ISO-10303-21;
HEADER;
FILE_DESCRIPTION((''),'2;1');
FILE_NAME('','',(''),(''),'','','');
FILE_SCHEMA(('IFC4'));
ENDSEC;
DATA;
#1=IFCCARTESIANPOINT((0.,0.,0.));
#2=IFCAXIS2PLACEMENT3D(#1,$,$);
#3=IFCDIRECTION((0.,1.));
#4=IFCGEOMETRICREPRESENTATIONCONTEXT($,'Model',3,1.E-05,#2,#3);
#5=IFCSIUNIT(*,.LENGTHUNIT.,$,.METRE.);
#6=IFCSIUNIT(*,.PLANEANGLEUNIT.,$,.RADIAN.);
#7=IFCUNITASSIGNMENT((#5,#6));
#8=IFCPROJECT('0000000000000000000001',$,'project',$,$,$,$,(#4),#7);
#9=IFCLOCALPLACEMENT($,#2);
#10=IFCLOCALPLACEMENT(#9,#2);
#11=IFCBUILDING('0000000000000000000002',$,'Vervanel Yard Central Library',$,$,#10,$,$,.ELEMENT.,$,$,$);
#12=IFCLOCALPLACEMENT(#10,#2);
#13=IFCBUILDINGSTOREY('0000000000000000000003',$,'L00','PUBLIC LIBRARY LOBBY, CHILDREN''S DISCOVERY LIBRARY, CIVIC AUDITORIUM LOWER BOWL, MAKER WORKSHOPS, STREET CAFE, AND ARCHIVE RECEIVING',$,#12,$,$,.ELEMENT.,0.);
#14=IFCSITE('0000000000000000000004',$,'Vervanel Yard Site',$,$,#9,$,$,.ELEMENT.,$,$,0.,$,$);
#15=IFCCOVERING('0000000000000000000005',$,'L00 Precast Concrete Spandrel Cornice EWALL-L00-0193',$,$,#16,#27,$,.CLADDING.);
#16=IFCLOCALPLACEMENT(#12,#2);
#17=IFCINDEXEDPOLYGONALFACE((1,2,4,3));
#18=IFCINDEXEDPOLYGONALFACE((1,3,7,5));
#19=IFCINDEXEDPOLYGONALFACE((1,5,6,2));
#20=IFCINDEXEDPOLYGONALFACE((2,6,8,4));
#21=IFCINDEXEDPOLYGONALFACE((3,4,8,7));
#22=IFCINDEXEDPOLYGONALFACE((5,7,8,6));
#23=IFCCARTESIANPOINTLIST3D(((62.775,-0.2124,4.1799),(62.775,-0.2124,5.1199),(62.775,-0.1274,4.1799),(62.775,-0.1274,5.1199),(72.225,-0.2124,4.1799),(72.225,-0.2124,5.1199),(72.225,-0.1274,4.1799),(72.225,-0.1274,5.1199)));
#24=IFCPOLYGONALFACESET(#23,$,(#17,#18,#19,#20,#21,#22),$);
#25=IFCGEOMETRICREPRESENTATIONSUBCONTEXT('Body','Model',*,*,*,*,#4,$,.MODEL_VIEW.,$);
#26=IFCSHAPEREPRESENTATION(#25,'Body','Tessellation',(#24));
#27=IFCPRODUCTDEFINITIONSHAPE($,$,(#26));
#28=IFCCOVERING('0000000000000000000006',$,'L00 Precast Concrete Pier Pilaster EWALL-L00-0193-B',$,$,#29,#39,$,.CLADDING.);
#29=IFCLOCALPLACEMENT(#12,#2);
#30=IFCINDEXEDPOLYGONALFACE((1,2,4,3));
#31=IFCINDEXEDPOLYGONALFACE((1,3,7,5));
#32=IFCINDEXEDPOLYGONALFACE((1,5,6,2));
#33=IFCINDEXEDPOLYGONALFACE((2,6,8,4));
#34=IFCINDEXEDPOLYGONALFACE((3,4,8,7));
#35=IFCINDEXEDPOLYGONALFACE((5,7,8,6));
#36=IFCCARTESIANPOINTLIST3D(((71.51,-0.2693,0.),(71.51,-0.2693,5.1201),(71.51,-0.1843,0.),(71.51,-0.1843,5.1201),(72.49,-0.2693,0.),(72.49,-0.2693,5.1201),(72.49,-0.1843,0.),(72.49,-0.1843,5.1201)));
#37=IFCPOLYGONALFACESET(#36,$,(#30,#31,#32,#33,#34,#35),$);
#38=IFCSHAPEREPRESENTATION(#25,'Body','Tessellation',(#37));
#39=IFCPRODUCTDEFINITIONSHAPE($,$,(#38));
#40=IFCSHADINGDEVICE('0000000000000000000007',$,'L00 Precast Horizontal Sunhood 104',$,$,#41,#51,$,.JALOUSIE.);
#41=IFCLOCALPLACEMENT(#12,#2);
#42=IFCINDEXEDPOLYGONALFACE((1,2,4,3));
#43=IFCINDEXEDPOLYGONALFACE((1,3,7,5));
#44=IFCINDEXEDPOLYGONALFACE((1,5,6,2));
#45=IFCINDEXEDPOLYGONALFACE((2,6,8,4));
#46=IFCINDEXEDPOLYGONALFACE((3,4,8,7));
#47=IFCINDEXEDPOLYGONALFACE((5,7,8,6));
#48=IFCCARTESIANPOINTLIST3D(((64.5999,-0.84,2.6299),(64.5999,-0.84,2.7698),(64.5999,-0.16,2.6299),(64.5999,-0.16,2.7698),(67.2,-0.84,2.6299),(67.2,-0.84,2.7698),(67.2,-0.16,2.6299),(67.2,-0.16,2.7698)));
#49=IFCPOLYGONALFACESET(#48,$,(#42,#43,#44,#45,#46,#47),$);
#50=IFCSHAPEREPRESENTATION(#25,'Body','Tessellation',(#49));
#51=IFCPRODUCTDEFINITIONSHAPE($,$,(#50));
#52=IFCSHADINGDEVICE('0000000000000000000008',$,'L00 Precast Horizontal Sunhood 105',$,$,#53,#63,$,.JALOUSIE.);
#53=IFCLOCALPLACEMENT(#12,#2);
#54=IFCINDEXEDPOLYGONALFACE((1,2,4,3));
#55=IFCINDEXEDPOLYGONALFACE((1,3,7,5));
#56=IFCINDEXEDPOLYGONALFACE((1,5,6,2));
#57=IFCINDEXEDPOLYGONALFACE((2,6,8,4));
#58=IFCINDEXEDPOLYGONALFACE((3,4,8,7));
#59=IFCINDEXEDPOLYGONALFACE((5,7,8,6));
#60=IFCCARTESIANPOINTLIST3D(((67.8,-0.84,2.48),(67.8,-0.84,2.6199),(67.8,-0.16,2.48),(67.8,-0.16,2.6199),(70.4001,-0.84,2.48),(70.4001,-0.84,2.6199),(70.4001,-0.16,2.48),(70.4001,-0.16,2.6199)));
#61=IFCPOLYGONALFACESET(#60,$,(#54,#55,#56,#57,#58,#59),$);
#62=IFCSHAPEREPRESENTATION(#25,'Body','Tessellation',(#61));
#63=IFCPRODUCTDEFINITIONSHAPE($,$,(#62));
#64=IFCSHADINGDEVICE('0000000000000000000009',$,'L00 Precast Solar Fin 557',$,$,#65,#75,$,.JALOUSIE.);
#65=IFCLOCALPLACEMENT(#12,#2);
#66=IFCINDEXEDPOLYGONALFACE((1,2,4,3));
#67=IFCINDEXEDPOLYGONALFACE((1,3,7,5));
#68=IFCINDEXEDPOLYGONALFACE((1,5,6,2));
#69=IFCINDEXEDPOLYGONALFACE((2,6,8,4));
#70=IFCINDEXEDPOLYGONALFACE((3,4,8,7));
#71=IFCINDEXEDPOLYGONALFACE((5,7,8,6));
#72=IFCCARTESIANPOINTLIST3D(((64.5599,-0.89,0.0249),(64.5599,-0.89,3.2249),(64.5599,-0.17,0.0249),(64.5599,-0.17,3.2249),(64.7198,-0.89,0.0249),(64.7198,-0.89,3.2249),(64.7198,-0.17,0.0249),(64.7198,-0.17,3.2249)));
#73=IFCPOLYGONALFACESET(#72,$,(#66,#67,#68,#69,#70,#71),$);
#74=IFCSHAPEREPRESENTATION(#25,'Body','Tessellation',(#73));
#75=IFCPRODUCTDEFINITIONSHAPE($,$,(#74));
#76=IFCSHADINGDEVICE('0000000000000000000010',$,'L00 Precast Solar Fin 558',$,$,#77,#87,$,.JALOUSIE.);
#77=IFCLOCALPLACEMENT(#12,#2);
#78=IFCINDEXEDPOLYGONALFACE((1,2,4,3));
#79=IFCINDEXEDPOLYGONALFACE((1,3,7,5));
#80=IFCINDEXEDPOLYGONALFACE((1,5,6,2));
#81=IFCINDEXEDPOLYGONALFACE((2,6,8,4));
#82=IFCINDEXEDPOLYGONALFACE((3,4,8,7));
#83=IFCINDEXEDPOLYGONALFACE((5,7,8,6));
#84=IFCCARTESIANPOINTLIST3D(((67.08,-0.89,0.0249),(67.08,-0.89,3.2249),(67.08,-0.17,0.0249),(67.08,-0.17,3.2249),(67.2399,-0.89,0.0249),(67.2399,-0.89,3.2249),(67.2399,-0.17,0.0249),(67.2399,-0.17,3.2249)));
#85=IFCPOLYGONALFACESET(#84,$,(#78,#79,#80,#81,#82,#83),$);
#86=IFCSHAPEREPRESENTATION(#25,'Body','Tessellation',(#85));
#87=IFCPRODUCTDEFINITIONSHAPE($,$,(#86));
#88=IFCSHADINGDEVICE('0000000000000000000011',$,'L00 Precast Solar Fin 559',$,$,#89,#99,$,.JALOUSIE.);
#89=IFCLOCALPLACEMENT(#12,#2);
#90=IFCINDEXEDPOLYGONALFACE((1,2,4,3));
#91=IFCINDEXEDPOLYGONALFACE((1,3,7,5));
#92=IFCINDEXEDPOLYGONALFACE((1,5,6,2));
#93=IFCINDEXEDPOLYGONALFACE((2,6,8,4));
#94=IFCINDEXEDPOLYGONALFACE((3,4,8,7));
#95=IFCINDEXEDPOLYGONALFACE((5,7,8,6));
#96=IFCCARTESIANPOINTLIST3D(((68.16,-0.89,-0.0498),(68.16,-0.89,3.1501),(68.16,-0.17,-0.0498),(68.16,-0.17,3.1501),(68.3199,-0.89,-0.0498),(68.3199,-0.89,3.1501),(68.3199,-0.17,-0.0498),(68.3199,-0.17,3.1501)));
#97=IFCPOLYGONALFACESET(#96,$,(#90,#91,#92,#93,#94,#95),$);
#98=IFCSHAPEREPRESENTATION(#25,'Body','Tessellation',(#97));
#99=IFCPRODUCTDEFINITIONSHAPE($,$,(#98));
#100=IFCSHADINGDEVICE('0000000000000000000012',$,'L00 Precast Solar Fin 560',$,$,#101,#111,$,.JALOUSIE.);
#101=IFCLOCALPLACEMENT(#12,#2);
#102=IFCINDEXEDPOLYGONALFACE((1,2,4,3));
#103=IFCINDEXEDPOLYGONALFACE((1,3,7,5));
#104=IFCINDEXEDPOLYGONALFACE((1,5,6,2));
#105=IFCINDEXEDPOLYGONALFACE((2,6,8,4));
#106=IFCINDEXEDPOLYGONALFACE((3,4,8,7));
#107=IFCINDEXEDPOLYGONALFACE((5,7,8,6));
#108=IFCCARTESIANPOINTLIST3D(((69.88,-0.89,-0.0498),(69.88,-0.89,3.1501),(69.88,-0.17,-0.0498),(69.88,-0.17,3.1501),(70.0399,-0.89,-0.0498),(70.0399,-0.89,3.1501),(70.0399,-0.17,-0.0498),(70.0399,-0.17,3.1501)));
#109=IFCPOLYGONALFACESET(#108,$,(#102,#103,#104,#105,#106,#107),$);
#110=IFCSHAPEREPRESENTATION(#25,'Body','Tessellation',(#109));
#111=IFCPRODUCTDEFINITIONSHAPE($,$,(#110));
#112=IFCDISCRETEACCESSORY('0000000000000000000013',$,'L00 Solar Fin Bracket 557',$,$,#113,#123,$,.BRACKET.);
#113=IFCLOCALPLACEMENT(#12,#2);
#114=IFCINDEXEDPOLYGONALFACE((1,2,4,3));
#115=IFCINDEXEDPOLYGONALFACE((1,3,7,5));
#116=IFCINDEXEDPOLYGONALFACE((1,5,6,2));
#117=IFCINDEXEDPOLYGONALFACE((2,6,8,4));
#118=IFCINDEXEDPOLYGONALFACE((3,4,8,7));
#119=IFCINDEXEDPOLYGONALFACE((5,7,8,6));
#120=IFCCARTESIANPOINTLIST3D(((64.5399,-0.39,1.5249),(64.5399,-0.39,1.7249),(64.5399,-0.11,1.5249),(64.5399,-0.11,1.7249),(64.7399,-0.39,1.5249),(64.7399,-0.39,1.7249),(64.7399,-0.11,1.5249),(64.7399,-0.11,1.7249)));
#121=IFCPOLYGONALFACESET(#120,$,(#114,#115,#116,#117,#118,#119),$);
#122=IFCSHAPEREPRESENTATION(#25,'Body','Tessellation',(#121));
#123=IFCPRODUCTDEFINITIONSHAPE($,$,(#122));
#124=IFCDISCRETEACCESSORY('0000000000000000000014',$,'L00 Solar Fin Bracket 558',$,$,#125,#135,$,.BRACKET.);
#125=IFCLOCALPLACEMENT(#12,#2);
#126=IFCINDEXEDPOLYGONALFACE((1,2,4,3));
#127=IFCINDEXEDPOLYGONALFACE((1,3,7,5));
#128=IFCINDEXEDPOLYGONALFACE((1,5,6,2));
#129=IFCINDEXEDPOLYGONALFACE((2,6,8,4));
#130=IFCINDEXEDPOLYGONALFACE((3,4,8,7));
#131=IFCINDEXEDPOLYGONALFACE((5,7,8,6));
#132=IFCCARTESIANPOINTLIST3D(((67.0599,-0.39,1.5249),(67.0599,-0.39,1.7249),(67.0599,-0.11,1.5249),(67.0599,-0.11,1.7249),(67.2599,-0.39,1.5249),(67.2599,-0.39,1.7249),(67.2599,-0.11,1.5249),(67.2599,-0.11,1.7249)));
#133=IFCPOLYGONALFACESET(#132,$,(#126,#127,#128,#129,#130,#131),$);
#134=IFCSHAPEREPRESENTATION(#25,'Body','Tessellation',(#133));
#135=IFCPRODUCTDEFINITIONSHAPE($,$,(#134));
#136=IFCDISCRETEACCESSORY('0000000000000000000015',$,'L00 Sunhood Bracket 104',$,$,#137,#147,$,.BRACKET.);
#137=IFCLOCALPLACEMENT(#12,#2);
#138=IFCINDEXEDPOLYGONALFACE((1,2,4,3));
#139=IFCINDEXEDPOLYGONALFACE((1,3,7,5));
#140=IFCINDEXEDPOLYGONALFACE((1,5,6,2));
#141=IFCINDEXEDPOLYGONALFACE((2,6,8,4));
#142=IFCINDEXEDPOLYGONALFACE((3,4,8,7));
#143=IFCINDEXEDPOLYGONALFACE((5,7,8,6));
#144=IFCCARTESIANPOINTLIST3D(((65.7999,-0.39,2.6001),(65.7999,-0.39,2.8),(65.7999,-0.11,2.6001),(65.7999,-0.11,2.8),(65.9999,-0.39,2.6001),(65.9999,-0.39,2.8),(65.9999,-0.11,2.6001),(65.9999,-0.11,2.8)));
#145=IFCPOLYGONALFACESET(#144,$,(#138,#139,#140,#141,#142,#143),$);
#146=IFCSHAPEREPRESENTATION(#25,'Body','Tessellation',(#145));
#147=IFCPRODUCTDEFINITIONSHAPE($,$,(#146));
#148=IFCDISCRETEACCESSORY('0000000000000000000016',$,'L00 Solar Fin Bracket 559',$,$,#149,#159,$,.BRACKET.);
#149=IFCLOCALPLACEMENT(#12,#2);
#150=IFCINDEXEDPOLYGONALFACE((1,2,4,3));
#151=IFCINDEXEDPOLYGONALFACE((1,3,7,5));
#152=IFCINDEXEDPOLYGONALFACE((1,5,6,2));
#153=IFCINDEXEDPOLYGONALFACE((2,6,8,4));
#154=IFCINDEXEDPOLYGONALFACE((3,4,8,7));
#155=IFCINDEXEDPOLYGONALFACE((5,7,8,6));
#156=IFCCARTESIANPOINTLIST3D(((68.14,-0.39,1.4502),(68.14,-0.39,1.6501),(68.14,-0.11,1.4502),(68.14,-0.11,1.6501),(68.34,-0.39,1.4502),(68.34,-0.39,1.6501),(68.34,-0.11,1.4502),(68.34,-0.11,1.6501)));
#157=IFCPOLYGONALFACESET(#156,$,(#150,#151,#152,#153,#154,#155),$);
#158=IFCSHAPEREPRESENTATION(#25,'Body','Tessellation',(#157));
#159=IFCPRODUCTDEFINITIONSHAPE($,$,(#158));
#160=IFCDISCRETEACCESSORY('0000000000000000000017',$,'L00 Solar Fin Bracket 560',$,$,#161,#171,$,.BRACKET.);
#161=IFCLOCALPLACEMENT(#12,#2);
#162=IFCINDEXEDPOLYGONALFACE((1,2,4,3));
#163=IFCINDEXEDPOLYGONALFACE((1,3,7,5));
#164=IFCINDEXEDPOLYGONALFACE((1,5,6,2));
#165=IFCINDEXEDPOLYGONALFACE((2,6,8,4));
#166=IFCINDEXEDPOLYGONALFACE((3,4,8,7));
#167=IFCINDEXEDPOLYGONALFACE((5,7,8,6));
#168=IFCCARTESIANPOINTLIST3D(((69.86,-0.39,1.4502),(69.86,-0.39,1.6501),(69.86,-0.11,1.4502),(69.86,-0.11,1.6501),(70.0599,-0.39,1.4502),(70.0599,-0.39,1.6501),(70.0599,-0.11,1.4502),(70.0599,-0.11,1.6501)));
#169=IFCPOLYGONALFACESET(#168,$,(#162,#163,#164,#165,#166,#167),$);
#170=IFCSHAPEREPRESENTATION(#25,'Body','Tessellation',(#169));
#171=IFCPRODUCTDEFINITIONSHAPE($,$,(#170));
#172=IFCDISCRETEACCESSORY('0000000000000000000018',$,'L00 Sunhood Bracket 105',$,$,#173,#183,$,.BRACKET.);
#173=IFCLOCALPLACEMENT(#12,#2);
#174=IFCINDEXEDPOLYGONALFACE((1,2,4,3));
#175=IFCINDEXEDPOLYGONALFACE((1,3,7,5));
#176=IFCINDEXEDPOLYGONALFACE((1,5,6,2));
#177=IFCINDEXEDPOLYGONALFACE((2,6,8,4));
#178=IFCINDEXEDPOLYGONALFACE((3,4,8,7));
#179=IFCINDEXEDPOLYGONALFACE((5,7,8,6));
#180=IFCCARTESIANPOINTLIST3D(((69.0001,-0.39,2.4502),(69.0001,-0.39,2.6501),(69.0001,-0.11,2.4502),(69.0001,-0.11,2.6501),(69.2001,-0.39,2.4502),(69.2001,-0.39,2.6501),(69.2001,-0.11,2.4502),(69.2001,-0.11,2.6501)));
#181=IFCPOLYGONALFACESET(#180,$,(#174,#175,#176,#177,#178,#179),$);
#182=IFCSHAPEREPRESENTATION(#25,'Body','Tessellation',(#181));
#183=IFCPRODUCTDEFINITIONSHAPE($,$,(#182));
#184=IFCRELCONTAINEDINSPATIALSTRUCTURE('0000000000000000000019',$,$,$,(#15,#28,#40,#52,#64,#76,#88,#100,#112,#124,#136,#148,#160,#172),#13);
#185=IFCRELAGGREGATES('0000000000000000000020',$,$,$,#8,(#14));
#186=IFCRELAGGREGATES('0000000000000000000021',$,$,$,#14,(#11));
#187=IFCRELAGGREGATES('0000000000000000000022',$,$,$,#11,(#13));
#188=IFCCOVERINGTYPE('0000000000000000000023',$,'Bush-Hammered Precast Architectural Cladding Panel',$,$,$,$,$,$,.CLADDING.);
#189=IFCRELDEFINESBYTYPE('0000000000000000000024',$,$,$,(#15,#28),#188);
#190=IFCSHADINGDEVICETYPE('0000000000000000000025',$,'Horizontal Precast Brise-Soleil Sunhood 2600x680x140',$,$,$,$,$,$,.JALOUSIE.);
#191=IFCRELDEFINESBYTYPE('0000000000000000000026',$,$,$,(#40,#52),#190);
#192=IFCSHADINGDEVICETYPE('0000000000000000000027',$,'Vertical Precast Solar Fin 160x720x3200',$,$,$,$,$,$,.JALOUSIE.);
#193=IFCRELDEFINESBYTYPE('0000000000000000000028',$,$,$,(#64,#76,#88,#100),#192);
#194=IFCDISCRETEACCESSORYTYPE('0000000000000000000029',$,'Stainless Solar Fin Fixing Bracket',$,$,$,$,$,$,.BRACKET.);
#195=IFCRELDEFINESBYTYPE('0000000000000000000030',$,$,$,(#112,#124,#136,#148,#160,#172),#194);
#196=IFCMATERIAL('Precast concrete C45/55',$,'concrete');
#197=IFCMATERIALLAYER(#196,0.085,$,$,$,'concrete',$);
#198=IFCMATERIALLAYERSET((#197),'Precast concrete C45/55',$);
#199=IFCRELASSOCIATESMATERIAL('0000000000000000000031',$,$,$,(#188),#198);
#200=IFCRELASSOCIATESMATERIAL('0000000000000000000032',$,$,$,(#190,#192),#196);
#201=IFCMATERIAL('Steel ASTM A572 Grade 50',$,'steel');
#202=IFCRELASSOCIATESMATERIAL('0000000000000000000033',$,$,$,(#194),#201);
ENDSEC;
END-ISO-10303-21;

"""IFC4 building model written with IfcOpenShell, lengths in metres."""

from ifc_helpers import new_model, si_unit, direction, frame, origin, origin_2d, place, context, subcontext, project, spatial, rectangle, extrude, material, layer, layer_set, type_object, element, save


model = new_model("IFC4")

# Units and contexts
model_context = context("Model", 3, precision=1e-05, world=origin(), true_north=direction((0.0, 1.0)))
body_context = subcontext(model_context, "Body", "Model", "MODEL_VIEW")
ifc_project = project(units=[si_unit("LENGTHUNIT", "METRE"), si_unit("PLANEANGLEUNIT", "RADIAN")], contexts=[model_context])

# Site, building, storey
site_placement = place(None, origin())
site = spatial("IfcSite", under=ifc_project, at=site_placement, Name="Vervanel Yard Site", CompositionType="ELEMENT", RefElevation=0.0)
building_placement = place(site_placement, origin())
building = spatial("IfcBuilding", under=site, at=building_placement, Name="Vervanel Yard Central Library", CompositionType="ELEMENT")
storey_placement = place(building_placement, origin())
storey = spatial("IfcBuildingStorey", under=building, at=storey_placement, Name="L00", Description="PUBLIC LIBRARY LOBBY, CHILDREN'S DISCOVERY LIBRARY, CIVIC AUDITORIUM LOWER BOWL, MAKER WORKSHOPS, STREET CAFE, AND ARCHIVE RECEIVING", CompositionType="ELEMENT", Elevation=0.0)

# Shared definitions
ifc_material_1 = material(Name="Steel ASTM A572 Grade 50", Category="steel")

# Coverings
ifc_material_2 = material(Name="Precast concrete C45/55", Category="concrete")
ifc_layer_1 = layer(ifc_material_2, 0.085, Category="concrete")
ifc_layer_set_1 = layer_set([ifc_layer_1], Name="Precast concrete C45/55")
covering_type = type_object("IfcCoveringType", Name="Bush-Hammered Precast Architectural Cladding Panel", PredefinedType="CLADDING", material=ifc_layer_set_1)
covering_1_placement = place(storey_placement, frame((67.5, -0.1699, 4.1799), z_axis=(0.0, 0.0, 1.0), x_axis=(1.0, 0.0, 0.0)))
element("IfcCovering", 1, at=covering_1_placement, inside=storey, type_object=covering_type, Name="L00 Precast Concrete Spandrel Cornice EWALL-L00-0193", PredefinedType="CLADDING", context=body_context, shape_type="SweptSolid", body=[
    extrude(rectangle(XDim=9.45, YDim=0.085, at=origin_2d()), origin(), (0.0, 0.0, 1.0), 0.9399),
])
covering_2_placement = place(storey_placement, frame((72.0, -0.2268, 0.0), z_axis=(0.0, 0.0, 1.0), x_axis=(1.0, 0.0, 0.0)))
element("IfcCovering", 2, at=covering_2_placement, inside=storey, type_object=covering_type, Name="L00 Precast Concrete Pier Pilaster EWALL-L00-0193-B", PredefinedType="CLADDING", context=body_context, shape_type="SweptSolid", body=[
    extrude(rectangle(XDim=0.98, YDim=0.085, at=origin_2d()), origin(), (0.0, 0.0, 1.0), 5.1201),
])

# Shading devices
shading_device_type_1 = type_object("IfcShadingDeviceType", Name="Horizontal Precast Brise-Soleil Sunhood 2600x680x140", PredefinedType="JALOUSIE", material=ifc_material_2)
for number, where, z_axis, x_axis, name in (
    (3, (65.8999, -0.5, 2.6299), (0.0, 0.0, 1.0), (1.0, 0.0, 0.0), "L00 Precast Horizontal Sunhood 104"),
    (4, (69.1001, -0.5, 2.48), (0.0, 0.0, 1.0), (1.0, 0.0, 0.0), "L00 Precast Horizontal Sunhood 105"),
):
    element("IfcShadingDevice", number, at=place(storey_placement, frame(where, z_axis=z_axis, x_axis=x_axis)), inside=storey, type_object=shading_device_type_1, Name=name, PredefinedType="JALOUSIE", context=body_context, shape_type="SweptSolid", body=[
        extrude(rectangle(XDim=2.6001, YDim=0.6799, at=origin_2d()), origin(), (0.0, 0.0, 1.0), 0.1399),
    ])
shading_device_type_2 = type_object("IfcShadingDeviceType", Name="Vertical Precast Solar Fin 160x720x3200", PredefinedType="JALOUSIE", material=ifc_material_2)
for number, where, z_axis, x_axis, name in (
    (5, (64.6399, -0.53, 0.0249), (0.0, 0.0, 1.0), (1.0, 0.0, 0.0), "L00 Precast Solar Fin 557"),
    (6, (67.1599, -0.53, 0.0249), (0.0, 0.0, 1.0), (1.0, 0.0, 0.0), "L00 Precast Solar Fin 558"),
    (7, (68.24, -0.53, -0.0498), (0.0, 0.0, 1.0), (1.0, 0.0, 0.0), "L00 Precast Solar Fin 559"),
    (8, (69.96, -0.53, -0.0498), (0.0, 0.0, 1.0), (1.0, 0.0, 0.0), "L00 Precast Solar Fin 560"),
):
    element("IfcShadingDevice", number, at=place(storey_placement, frame(where, z_axis=z_axis, x_axis=x_axis)), inside=storey, type_object=shading_device_type_2, Name=name, PredefinedType="JALOUSIE", context=body_context, shape_type="SweptSolid", body=[
        extrude(rectangle(XDim=0.1599, YDim=0.72, at=origin_2d()), origin(), (0.0, 0.0, 1.0), 3.2),
    ])

# Discrete accessories
discrete_accessory_type = type_object("IfcDiscreteAccessoryType", Name="Stainless Solar Fin Fixing Bracket", PredefinedType="BRACKET", material=ifc_material_1)
for number, where, z_axis, x_axis, name in (
    (9, (64.6399, -0.25, 1.5249), (0.0, 0.0, 1.0), (1.0, 0.0, 0.0), "L00 Solar Fin Bracket 557"),
    (10, (67.1599, -0.25, 1.5249), (0.0, 0.0, 1.0), (1.0, 0.0, 0.0), "L00 Solar Fin Bracket 558"),
    (11, (65.8999, -0.25, 2.6001), (0.0, 0.0, 1.0), (1.0, 0.0, 0.0), "L00 Sunhood Bracket 104"),
    (12, (68.24, -0.25, 1.4502), (0.0, 0.0, 1.0), (1.0, 0.0, 0.0), "L00 Solar Fin Bracket 559"),
    (13, (69.96, -0.25, 1.4502), (0.0, 0.0, 1.0), (1.0, 0.0, 0.0), "L00 Solar Fin Bracket 560"),
    (14, (69.1001, -0.25, 2.4502), (0.0, 0.0, 1.0), (1.0, 0.0, 0.0), "L00 Sunhood Bracket 105"),
):
    element("IfcDiscreteAccessory", number, at=place(storey_placement, frame(where, z_axis=z_axis, x_axis=x_axis)), inside=storey, type_object=discrete_accessory_type, Name=name, PredefinedType="BRACKET", context=body_context, shape_type="SweptSolid", body=[
        extrude(rectangle(XDim=0.2, YDim=0.28, at=origin_2d()), origin(), (0.0, 0.0, 1.0), 0.2),
    ])

save(model, "model.ifc")
